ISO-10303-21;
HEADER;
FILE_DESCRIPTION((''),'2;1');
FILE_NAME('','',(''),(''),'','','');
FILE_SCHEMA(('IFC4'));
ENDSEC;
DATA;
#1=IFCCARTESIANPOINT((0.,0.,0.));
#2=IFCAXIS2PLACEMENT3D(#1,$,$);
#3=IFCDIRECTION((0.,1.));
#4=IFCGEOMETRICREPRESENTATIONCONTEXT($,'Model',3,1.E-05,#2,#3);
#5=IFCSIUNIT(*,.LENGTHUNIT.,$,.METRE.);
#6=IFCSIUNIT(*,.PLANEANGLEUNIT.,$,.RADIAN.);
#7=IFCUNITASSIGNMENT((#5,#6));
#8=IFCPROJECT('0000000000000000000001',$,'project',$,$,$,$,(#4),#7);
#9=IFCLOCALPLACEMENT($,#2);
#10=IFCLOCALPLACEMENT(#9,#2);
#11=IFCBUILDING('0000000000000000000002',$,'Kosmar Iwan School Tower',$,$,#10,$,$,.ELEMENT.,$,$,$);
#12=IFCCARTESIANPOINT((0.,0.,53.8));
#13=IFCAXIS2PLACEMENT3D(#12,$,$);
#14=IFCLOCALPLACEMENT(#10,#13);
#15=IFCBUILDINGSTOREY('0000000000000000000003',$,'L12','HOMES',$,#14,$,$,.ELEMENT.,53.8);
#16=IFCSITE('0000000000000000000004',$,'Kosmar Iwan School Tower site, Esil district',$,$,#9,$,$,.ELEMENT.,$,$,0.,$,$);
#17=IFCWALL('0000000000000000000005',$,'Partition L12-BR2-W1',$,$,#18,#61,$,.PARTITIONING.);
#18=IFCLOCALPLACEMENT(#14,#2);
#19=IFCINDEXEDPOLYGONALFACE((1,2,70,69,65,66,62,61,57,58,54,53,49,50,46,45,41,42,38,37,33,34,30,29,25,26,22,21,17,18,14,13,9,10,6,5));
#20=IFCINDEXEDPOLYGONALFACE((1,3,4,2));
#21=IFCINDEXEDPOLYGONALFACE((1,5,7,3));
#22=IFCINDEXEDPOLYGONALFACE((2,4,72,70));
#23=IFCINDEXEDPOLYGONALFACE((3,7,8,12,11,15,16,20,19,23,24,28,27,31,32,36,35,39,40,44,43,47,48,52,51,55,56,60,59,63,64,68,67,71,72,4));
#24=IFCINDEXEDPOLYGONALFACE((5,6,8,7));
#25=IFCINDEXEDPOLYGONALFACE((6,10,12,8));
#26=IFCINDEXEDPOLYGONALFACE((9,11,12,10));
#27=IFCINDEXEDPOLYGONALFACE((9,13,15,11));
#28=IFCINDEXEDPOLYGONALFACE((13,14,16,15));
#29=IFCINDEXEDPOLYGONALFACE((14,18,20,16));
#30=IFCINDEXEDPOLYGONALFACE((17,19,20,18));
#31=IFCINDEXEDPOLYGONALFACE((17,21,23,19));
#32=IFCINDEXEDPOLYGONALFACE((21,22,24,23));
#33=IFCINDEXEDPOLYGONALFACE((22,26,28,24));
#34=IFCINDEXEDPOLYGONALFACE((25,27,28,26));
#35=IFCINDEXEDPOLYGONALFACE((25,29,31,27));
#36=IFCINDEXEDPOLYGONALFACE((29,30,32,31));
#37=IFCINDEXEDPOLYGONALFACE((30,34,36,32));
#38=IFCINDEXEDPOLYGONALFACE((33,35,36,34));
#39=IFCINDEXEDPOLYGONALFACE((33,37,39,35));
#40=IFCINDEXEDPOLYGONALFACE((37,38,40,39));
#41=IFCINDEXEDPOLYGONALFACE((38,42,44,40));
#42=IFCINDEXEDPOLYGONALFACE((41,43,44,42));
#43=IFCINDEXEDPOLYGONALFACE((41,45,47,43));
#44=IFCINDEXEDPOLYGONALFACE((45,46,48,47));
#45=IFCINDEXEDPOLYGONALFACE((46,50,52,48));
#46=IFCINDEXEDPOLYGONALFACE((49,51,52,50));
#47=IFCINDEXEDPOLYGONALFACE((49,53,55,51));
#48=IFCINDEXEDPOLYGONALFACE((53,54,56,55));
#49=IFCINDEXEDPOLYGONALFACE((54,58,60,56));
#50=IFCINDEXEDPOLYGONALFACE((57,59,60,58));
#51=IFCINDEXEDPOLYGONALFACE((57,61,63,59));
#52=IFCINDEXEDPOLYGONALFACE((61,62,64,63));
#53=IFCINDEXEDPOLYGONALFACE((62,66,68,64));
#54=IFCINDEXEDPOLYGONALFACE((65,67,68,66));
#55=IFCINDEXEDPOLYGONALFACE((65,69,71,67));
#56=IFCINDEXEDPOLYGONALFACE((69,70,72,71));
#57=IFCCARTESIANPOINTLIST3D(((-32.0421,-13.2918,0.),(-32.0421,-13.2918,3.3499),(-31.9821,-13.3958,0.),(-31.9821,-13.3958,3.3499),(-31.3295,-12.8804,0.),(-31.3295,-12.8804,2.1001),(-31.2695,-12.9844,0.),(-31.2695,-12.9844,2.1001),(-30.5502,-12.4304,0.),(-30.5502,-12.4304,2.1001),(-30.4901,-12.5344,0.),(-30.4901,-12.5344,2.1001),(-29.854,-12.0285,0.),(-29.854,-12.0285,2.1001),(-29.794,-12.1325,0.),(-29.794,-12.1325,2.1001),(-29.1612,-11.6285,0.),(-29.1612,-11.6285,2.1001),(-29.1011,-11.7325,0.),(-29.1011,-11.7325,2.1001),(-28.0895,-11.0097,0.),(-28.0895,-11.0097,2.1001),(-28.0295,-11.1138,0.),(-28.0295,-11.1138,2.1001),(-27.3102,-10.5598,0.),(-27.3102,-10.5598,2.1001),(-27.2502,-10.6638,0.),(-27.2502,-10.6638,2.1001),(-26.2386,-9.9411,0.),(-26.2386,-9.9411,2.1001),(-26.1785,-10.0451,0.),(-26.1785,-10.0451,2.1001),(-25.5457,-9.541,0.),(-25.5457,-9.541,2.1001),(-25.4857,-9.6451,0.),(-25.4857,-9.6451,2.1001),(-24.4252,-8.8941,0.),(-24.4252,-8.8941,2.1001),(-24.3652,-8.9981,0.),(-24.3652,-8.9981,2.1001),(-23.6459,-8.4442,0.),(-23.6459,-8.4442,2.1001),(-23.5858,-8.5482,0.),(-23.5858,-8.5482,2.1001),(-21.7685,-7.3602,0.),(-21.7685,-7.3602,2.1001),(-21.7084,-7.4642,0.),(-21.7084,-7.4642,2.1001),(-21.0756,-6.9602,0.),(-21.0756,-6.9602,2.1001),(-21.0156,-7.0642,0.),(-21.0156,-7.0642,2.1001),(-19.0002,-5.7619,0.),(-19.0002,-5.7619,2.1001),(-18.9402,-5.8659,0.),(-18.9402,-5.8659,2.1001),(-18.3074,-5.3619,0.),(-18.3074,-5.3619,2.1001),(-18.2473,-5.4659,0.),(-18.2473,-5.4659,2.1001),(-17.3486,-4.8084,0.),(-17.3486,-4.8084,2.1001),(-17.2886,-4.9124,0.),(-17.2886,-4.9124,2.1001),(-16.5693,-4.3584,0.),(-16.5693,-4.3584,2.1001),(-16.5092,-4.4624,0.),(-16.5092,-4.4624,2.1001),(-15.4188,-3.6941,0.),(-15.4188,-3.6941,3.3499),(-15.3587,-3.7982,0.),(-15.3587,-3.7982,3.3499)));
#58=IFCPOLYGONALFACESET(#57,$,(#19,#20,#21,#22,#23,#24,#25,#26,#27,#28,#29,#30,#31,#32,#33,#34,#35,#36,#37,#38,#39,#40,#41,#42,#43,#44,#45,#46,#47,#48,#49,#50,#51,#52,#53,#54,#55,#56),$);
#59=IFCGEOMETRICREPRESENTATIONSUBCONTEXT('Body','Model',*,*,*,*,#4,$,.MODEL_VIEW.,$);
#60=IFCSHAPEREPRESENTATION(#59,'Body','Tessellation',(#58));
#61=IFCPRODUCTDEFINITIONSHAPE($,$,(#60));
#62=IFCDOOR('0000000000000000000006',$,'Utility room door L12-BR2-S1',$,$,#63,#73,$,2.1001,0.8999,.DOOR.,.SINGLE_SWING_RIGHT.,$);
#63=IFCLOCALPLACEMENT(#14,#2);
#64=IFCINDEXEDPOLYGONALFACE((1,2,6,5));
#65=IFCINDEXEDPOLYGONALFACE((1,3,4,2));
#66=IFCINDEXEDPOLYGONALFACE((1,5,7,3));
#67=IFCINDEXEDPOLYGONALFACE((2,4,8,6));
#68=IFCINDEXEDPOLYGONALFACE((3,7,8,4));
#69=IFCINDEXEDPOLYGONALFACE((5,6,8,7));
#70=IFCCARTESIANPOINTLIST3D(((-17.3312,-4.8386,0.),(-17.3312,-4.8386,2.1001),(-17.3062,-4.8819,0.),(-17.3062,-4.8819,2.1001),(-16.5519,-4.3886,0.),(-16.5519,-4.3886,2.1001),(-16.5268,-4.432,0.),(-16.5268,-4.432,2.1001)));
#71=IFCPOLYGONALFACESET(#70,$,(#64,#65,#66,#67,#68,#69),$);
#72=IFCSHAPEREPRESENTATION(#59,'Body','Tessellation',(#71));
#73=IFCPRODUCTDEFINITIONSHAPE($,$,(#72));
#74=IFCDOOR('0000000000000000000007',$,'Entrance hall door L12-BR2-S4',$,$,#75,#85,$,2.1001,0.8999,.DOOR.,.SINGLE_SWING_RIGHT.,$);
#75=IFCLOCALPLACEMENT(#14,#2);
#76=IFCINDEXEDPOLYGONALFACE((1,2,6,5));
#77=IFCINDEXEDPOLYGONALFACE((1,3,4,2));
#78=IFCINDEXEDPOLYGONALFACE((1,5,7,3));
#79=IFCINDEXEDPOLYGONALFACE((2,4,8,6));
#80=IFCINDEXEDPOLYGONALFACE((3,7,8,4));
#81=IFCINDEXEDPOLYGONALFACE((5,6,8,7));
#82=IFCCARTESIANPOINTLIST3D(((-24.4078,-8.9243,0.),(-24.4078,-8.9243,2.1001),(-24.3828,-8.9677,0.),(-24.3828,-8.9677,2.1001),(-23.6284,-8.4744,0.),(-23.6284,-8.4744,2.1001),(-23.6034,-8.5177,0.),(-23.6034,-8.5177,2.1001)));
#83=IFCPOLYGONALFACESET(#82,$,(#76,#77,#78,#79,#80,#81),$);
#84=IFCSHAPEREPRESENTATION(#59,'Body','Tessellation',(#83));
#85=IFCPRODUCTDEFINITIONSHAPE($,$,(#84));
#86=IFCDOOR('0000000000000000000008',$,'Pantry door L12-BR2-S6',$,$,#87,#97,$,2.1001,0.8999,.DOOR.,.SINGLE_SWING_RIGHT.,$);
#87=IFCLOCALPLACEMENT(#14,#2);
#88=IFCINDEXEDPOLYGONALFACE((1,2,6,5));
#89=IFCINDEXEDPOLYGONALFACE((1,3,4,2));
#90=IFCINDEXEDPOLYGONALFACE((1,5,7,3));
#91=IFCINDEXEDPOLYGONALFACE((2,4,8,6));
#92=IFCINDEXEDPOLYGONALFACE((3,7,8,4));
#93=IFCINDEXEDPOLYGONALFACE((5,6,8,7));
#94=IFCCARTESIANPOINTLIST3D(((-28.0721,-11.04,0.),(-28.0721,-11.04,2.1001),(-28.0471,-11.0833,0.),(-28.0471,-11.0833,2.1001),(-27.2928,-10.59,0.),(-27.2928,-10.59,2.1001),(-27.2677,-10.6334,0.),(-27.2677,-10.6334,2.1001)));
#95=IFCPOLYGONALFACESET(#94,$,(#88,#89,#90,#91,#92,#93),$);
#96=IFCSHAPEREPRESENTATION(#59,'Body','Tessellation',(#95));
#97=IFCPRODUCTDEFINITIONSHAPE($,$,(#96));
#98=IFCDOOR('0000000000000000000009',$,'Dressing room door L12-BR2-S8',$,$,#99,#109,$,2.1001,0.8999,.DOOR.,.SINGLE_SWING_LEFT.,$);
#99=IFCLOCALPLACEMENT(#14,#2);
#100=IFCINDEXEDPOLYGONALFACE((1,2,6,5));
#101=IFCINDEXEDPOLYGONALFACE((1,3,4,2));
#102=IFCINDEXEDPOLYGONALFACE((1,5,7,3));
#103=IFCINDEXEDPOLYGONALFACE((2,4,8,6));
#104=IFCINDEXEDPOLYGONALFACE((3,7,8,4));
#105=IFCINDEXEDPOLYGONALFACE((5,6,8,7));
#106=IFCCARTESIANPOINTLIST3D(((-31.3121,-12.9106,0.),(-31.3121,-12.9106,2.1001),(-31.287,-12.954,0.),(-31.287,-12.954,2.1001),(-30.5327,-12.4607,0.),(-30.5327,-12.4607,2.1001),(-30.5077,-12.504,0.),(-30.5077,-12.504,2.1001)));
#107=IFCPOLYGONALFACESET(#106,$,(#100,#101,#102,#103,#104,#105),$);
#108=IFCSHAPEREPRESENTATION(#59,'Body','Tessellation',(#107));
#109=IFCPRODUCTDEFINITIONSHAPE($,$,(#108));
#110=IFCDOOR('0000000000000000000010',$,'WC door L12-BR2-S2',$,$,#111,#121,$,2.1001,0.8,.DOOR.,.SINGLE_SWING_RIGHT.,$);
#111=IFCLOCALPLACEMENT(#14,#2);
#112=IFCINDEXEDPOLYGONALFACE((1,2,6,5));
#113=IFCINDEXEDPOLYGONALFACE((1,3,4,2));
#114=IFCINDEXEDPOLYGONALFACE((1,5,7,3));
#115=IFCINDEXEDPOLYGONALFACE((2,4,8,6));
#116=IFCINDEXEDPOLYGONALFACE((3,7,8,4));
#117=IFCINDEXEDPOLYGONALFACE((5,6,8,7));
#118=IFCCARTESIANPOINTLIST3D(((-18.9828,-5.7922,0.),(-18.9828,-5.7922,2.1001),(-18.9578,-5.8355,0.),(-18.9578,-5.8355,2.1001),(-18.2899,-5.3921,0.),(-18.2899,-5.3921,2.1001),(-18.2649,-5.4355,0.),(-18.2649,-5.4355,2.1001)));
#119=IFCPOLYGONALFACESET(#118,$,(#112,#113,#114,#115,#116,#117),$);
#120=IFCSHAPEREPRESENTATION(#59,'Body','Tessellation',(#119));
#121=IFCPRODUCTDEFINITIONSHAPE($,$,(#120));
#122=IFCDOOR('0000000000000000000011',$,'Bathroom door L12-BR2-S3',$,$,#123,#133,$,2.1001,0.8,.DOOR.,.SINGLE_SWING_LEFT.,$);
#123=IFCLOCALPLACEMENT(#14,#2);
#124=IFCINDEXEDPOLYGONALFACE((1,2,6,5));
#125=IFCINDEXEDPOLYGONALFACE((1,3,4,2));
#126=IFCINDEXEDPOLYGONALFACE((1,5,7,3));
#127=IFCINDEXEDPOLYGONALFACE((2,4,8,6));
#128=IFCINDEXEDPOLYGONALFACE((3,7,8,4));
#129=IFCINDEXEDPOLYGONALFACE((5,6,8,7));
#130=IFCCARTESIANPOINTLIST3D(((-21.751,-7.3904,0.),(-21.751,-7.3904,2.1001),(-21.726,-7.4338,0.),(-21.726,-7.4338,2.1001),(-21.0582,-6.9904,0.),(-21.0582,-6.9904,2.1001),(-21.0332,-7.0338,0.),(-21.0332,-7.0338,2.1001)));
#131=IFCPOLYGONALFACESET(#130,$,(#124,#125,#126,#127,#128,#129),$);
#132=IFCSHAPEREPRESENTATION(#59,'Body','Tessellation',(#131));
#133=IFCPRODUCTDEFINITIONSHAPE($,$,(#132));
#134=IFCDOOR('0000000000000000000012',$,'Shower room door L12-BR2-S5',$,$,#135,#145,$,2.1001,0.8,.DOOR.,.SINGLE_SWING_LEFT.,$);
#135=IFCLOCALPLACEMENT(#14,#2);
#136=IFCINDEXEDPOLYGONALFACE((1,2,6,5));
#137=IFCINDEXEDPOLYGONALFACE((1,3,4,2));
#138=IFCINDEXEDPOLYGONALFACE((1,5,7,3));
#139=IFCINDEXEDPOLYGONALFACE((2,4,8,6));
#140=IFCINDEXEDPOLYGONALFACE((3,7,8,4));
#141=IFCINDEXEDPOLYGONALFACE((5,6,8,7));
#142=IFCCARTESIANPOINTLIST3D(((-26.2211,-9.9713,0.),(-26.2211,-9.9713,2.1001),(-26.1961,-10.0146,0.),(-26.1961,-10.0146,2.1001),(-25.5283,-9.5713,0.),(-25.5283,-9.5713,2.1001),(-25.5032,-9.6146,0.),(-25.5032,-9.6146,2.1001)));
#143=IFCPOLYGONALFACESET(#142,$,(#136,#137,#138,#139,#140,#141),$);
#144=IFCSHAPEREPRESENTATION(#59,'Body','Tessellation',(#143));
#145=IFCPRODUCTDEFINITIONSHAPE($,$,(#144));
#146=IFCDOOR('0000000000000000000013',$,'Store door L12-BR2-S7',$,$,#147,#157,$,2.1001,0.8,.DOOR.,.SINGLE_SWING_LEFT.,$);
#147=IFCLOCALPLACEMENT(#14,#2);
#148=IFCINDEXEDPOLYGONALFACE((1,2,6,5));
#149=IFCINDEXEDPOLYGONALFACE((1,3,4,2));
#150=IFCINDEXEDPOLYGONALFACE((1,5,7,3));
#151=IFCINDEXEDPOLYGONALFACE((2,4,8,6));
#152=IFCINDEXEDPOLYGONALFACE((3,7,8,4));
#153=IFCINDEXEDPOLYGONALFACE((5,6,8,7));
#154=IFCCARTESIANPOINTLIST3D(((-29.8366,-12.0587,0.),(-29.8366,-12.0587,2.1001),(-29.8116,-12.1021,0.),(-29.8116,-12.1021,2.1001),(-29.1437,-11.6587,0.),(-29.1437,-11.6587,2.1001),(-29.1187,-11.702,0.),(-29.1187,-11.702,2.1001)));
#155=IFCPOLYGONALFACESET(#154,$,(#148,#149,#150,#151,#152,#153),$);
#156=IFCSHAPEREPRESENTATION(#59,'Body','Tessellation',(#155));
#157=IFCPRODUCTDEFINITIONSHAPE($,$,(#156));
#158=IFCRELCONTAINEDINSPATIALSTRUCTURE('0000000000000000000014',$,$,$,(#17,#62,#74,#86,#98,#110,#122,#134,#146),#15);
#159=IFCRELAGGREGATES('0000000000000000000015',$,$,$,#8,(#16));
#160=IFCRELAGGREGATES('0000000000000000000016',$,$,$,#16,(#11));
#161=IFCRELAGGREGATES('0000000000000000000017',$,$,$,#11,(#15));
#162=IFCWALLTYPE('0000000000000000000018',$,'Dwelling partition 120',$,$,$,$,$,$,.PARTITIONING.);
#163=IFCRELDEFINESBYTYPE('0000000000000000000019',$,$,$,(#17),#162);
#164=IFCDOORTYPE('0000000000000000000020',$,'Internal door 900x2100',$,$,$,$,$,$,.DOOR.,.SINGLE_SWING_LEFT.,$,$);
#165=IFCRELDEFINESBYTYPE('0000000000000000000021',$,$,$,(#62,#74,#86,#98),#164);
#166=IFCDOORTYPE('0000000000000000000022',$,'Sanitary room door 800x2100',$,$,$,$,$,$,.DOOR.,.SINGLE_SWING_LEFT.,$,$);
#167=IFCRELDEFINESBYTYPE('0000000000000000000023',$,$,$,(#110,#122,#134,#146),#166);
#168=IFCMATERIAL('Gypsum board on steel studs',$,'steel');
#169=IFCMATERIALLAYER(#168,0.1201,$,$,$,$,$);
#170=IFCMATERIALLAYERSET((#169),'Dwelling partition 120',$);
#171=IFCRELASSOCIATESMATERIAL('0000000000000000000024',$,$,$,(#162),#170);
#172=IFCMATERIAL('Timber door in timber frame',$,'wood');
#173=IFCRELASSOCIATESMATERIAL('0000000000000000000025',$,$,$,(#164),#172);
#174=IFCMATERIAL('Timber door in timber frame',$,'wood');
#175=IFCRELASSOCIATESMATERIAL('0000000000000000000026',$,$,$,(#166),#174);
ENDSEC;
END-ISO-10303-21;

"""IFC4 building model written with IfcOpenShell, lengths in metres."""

from ifc_helpers import new_model, si_unit, direction, frame, frame_2d, origin, place, context, subcontext, project, spatial, rectangle, extrude, material, layer, layer_set, type_object, element, fill, save


model = new_model("IFC4")

# Units and contexts
model_context = context("Model", 3, precision=1e-05, world=origin(), true_north=direction((0.0, 1.0)))
body_context = subcontext(model_context, "Body", "Model", "MODEL_VIEW")
ifc_project = project(units=[si_unit("LENGTHUNIT", "METRE"), si_unit("PLANEANGLEUNIT", "RADIAN")], contexts=[model_context])

# Site, building, storey
site_placement = place(None, origin())
site = spatial("IfcSite", under=ifc_project, at=site_placement, Name="Kosmar Iwan School Tower site, Esil district", CompositionType="ELEMENT", RefElevation=0.0)
building_placement = place(site_placement, origin())
building = spatial("IfcBuilding", under=site, at=building_placement, Name="Kosmar Iwan School Tower", CompositionType="ELEMENT")
storey_placement = place(building_placement, frame((0.0, 0.0, 53.8)))
storey = spatial("IfcBuildingStorey", under=building, at=storey_placement, Name="L12", Description="HOMES", CompositionType="ELEMENT", Elevation=53.8)

# Shared definitions
ifc_material_1 = material(Name="Gypsum board on steel studs", Category="steel")
ifc_layer_1 = layer(ifc_material_1, 0.1201)
ifc_layer_set_1 = layer_set([ifc_layer_1], Name="Dwelling partition 120")
wall_type_1 = type_object("IfcWallType", Name="Dwelling partition 120", PredefinedType="PARTITIONING", material=ifc_layer_set_1)
ifc_material_2 = material(Name="Timber door in timber frame", Category="wood")
door_type_1 = type_object("IfcDoorType", Name="Internal door 900x2100", OperationType="SINGLE_SWING_LEFT", PredefinedType="DOOR", material=ifc_material_2)
ifc_material_3 = material(Name="Timber door in timber frame", Category="wood")
door_type_2 = type_object("IfcDoorType", Name="Sanitary room door 800x2100", OperationType="SINGLE_SWING_LEFT", PredefinedType="DOOR", material=ifc_material_3)

# Wall, openings, doors
wall_1_placement = place(storey_placement, frame((-15.3887, -3.7461, 0.0), z_axis=(0.0, 0.0, 1.0), x_axis=(-0.866021, -0.500008, 0.0)))
wall_1 = element("IfcWall", 1, at=wall_1_placement, inside=storey, type_object=wall_type_1, Name="Partition L12-BR2-W1", PredefinedType="PARTITIONING", context=body_context, shape_type="SweptSolid", body=[
    extrude(rectangle(XDim=19.1951, YDim=0.1201, at=frame_2d((9.5977, 0.0))), origin(), (0.0, 0.0, 1.0), 3.3499),
])
opening_1_placement = place(wall_1_placement, frame((1.3286, 0.0, 0.0)))
opening_1 = element("IfcOpeningElement", 2, at=opening_1_placement, cuts=wall_1, PredefinedType="OPENING", context=body_context, shape_type="SweptSolid", body=[
    extrude(rectangle(XDim=0.8999, YDim=2.1001, at=frame_2d((0.45, 1.05))), frame((0.0, 0.072, 0.0), z_axis=(0.0, -1.0, 0.0), x_axis=(1.0, 0.0, 0.0)), (0.0, 0.0, 1.0), 0.144),
])
opening_2_placement = place(wall_1_placement, frame((3.3357, 0.0, 0.0)))
opening_2 = element("IfcOpeningElement", 3, at=opening_2_placement, cuts=wall_1, PredefinedType="OPENING", context=body_context, shape_type="SweptSolid", body=[
    extrude(rectangle(XDim=0.8, YDim=2.1001, at=frame_2d((0.3999, 1.05))), frame((0.0, 0.072, 0.0), z_axis=(0.0, -1.0, 0.0), x_axis=(1.0, 0.0, 0.0)), (0.0, 0.0, 1.0), 0.144),
])
opening_3_placement = place(wall_1_placement, frame((6.5322, 0.0, 0.0)))
opening_3 = element("IfcOpeningElement", 4, at=opening_3_placement, cuts=wall_1, PredefinedType="OPENING", context=body_context, shape_type="SweptSolid", body=[
    extrude(rectangle(XDim=0.8, YDim=2.1001, at=frame_2d((0.3999, 1.05))), frame((0.0, 0.072, 0.0), z_axis=(0.0, -1.0, 0.0), x_axis=(1.0, 0.0, 0.0)), (0.0, 0.0, 1.0), 0.144),
])
opening_4_placement = place(wall_1_placement, frame((9.5, 0.0, 0.0)))
opening_4 = element("IfcOpeningElement", 5, at=opening_4_placement, cuts=wall_1, PredefinedType="OPENING", context=body_context, shape_type="SweptSolid", body=[
    extrude(rectangle(XDim=0.8999, YDim=2.1001, at=frame_2d((0.45, 1.05))), frame((0.0, 0.072, 0.0), z_axis=(0.0, -1.0, 0.0), x_axis=(1.0, 0.0, 0.0)), (0.0, 0.0, 1.0), 0.144),
])
opening_5_placement = place(wall_1_placement, frame((11.6938, 0.0, 0.0)))
opening_5 = element("IfcOpeningElement", 6, at=opening_5_placement, cuts=wall_1, PredefinedType="OPENING", context=body_context, shape_type="SweptSolid", body=[
    extrude(rectangle(XDim=0.8, YDim=2.1001, at=frame_2d((0.3999, 1.05))), frame((0.0, 0.072, 0.0), z_axis=(0.0, -1.0, 0.0), x_axis=(1.0, 0.0, 0.0)), (0.0, 0.0, 1.0), 0.144),
])
opening_6_placement = place(wall_1_placement, frame((13.7312, 0.0, 0.0)))
opening_6 = element("IfcOpeningElement", 7, at=opening_6_placement, cuts=wall_1, PredefinedType="OPENING", context=body_context, shape_type="SweptSolid", body=[
    extrude(rectangle(XDim=0.8999, YDim=2.1001, at=frame_2d((0.45, 1.05))), frame((0.0, 0.072, 0.0), z_axis=(0.0, -1.0, 0.0), x_axis=(1.0, 0.0, 0.0)), (0.0, 0.0, 1.0), 0.144),
])
opening_7_placement = place(wall_1_placement, frame((15.8687, 0.0, 0.0)))
opening_7 = element("IfcOpeningElement", 8, at=opening_7_placement, cuts=wall_1, PredefinedType="OPENING", context=body_context, shape_type="SweptSolid", body=[
    extrude(rectangle(XDim=0.8, YDim=2.1001, at=frame_2d((0.3999, 1.05))), frame((0.0, 0.072, 0.0), z_axis=(0.0, -1.0, 0.0), x_axis=(1.0, 0.0, 0.0)), (0.0, 0.0, 1.0), 0.144),
])
opening_8_placement = place(wall_1_placement, frame((17.4724, 0.0, 0.0)))
opening_8 = element("IfcOpeningElement", 9, at=opening_8_placement, cuts=wall_1, PredefinedType="OPENING", context=body_context, shape_type="SweptSolid", body=[
    extrude(rectangle(XDim=0.8999, YDim=2.1001, at=frame_2d((0.45, 1.05))), frame((0.0, 0.072, 0.0), z_axis=(0.0, -1.0, 0.0), x_axis=(1.0, 0.0, 0.0)), (0.0, 0.0, 1.0), 0.144),
])
door_1_placement = place(opening_1_placement, origin())
door_1 = element("IfcDoor", 10, at=door_1_placement, inside=storey, type_object=door_type_1, Name="Utility room door L12-BR2-S1", OperationType="SINGLE_SWING_RIGHT", OverallHeight=2.1001, OverallWidth=0.8999, PredefinedType="DOOR", context=body_context, shape_type="SweptSolid", body=[
    extrude(rectangle(XDim=0.8999, YDim=2.1001, at=frame_2d((0.45, 1.05))), frame((0.0, 0.0249, 0.0), z_axis=(0.0, -1.0, 0.0), x_axis=(1.0, 0.0, 0.0)), (0.0, 0.0, 1.0), 0.05),
])
fill(opening_1, door_1)
door_2_placement = place(opening_4_placement, origin())
door_2 = element("IfcDoor", 11, at=door_2_placement, inside=storey, type_object=door_type_1, Name="Entrance hall door L12-BR2-S4", OperationType="SINGLE_SWING_RIGHT", OverallHeight=2.1001, OverallWidth=0.8999, PredefinedType="DOOR", context=body_context, shape_type="SweptSolid", body=[
    extrude(rectangle(XDim=0.8999, YDim=2.1001, at=frame_2d((0.45, 1.05))), frame((0.0, 0.0249, 0.0), z_axis=(0.0, -1.0, 0.0), x_axis=(1.0, 0.0, 0.0)), (0.0, 0.0, 1.0), 0.05),
])
fill(opening_4, door_2)
door_3_placement = place(opening_6_placement, origin())
door_3 = element("IfcDoor", 12, at=door_3_placement, inside=storey, type_object=door_type_1, Name="Pantry door L12-BR2-S6", OperationType="SINGLE_SWING_RIGHT", OverallHeight=2.1001, OverallWidth=0.8999, PredefinedType="DOOR", context=body_context, shape_type="SweptSolid", body=[
    extrude(rectangle(XDim=0.8999, YDim=2.1001, at=frame_2d((0.45, 1.05))), frame((0.0, 0.0249, 0.0), z_axis=(0.0, -1.0, 0.0), x_axis=(1.0, 0.0, 0.0)), (0.0, 0.0, 1.0), 0.05),
])
fill(opening_6, door_3)
door_4_placement = place(opening_8_placement, origin())
door_4 = element("IfcDoor", 13, at=door_4_placement, inside=storey, type_object=door_type_1, Name="Dressing room door L12-BR2-S8", OperationType="SINGLE_SWING_LEFT", OverallHeight=2.1001, OverallWidth=0.8999, PredefinedType="DOOR", context=body_context, shape_type="SweptSolid", body=[
    extrude(rectangle(XDim=0.8999, YDim=2.1001, at=frame_2d((0.45, 1.05))), frame((0.0, 0.0249, 0.0), z_axis=(0.0, -1.0, 0.0), x_axis=(1.0, 0.0, 0.0)), (0.0, 0.0, 1.0), 0.05),
])
fill(opening_8, door_4)
door_5_placement = place(opening_2_placement, origin())
door_5 = element("IfcDoor", 14, at=door_5_placement, inside=storey, type_object=door_type_2, Name="WC door L12-BR2-S2", OperationType="SINGLE_SWING_RIGHT", OverallHeight=2.1001, OverallWidth=0.8, PredefinedType="DOOR", context=body_context, shape_type="SweptSolid", body=[
    extrude(rectangle(XDim=0.8, YDim=2.1001, at=frame_2d((0.3999, 1.05))), frame((0.0, 0.0249, 0.0), z_axis=(0.0, -1.0, 0.0), x_axis=(1.0, 0.0, 0.0)), (0.0, 0.0, 1.0), 0.05),
])
fill(opening_2, door_5)
door_6_placement = place(opening_3_placement, origin())
door_6 = element("IfcDoor", 15, at=door_6_placement, inside=storey, type_object=door_type_2, Name="Bathroom door L12-BR2-S3", OperationType="SINGLE_SWING_LEFT", OverallHeight=2.1001, OverallWidth=0.8, PredefinedType="DOOR", context=body_context, shape_type="SweptSolid", body=[
    extrude(rectangle(XDim=0.8, YDim=2.1001, at=frame_2d((0.3999, 1.05))), frame((0.0, 0.0249, 0.0), z_axis=(0.0, -1.0, 0.0), x_axis=(1.0, 0.0, 0.0)), (0.0, 0.0, 1.0), 0.05),
])
fill(opening_3, door_6)
door_7_placement = place(opening_5_placement, origin())
door_7 = element("IfcDoor", 16, at=door_7_placement, inside=storey, type_object=door_type_2, Name="Shower room door L12-BR2-S5", OperationType="SINGLE_SWING_LEFT", OverallHeight=2.1001, OverallWidth=0.8, PredefinedType="DOOR", context=body_context, shape_type="SweptSolid", body=[
    extrude(rectangle(XDim=0.8, YDim=2.1001, at=frame_2d((0.3999, 1.05))), frame((0.0, 0.0249, 0.0), z_axis=(0.0, -1.0, 0.0), x_axis=(1.0, 0.0, 0.0)), (0.0, 0.0, 1.0), 0.05),
])
fill(opening_5, door_7)
door_8_placement = place(opening_7_placement, origin())
door_8 = element("IfcDoor", 17, at=door_8_placement, inside=storey, type_object=door_type_2, Name="Store door L12-BR2-S7", OperationType="SINGLE_SWING_LEFT", OverallHeight=2.1001, OverallWidth=0.8, PredefinedType="DOOR", context=body_context, shape_type="SweptSolid", body=[
    extrude(rectangle(XDim=0.8, YDim=2.1001, at=frame_2d((0.3999, 1.05))), frame((0.0, 0.0249, 0.0), z_axis=(0.0, -1.0, 0.0), x_axis=(1.0, 0.0, 0.0)), (0.0, 0.0, 1.0), 0.05),
])
fill(opening_7, door_8)

save(model, "model.ifc")
